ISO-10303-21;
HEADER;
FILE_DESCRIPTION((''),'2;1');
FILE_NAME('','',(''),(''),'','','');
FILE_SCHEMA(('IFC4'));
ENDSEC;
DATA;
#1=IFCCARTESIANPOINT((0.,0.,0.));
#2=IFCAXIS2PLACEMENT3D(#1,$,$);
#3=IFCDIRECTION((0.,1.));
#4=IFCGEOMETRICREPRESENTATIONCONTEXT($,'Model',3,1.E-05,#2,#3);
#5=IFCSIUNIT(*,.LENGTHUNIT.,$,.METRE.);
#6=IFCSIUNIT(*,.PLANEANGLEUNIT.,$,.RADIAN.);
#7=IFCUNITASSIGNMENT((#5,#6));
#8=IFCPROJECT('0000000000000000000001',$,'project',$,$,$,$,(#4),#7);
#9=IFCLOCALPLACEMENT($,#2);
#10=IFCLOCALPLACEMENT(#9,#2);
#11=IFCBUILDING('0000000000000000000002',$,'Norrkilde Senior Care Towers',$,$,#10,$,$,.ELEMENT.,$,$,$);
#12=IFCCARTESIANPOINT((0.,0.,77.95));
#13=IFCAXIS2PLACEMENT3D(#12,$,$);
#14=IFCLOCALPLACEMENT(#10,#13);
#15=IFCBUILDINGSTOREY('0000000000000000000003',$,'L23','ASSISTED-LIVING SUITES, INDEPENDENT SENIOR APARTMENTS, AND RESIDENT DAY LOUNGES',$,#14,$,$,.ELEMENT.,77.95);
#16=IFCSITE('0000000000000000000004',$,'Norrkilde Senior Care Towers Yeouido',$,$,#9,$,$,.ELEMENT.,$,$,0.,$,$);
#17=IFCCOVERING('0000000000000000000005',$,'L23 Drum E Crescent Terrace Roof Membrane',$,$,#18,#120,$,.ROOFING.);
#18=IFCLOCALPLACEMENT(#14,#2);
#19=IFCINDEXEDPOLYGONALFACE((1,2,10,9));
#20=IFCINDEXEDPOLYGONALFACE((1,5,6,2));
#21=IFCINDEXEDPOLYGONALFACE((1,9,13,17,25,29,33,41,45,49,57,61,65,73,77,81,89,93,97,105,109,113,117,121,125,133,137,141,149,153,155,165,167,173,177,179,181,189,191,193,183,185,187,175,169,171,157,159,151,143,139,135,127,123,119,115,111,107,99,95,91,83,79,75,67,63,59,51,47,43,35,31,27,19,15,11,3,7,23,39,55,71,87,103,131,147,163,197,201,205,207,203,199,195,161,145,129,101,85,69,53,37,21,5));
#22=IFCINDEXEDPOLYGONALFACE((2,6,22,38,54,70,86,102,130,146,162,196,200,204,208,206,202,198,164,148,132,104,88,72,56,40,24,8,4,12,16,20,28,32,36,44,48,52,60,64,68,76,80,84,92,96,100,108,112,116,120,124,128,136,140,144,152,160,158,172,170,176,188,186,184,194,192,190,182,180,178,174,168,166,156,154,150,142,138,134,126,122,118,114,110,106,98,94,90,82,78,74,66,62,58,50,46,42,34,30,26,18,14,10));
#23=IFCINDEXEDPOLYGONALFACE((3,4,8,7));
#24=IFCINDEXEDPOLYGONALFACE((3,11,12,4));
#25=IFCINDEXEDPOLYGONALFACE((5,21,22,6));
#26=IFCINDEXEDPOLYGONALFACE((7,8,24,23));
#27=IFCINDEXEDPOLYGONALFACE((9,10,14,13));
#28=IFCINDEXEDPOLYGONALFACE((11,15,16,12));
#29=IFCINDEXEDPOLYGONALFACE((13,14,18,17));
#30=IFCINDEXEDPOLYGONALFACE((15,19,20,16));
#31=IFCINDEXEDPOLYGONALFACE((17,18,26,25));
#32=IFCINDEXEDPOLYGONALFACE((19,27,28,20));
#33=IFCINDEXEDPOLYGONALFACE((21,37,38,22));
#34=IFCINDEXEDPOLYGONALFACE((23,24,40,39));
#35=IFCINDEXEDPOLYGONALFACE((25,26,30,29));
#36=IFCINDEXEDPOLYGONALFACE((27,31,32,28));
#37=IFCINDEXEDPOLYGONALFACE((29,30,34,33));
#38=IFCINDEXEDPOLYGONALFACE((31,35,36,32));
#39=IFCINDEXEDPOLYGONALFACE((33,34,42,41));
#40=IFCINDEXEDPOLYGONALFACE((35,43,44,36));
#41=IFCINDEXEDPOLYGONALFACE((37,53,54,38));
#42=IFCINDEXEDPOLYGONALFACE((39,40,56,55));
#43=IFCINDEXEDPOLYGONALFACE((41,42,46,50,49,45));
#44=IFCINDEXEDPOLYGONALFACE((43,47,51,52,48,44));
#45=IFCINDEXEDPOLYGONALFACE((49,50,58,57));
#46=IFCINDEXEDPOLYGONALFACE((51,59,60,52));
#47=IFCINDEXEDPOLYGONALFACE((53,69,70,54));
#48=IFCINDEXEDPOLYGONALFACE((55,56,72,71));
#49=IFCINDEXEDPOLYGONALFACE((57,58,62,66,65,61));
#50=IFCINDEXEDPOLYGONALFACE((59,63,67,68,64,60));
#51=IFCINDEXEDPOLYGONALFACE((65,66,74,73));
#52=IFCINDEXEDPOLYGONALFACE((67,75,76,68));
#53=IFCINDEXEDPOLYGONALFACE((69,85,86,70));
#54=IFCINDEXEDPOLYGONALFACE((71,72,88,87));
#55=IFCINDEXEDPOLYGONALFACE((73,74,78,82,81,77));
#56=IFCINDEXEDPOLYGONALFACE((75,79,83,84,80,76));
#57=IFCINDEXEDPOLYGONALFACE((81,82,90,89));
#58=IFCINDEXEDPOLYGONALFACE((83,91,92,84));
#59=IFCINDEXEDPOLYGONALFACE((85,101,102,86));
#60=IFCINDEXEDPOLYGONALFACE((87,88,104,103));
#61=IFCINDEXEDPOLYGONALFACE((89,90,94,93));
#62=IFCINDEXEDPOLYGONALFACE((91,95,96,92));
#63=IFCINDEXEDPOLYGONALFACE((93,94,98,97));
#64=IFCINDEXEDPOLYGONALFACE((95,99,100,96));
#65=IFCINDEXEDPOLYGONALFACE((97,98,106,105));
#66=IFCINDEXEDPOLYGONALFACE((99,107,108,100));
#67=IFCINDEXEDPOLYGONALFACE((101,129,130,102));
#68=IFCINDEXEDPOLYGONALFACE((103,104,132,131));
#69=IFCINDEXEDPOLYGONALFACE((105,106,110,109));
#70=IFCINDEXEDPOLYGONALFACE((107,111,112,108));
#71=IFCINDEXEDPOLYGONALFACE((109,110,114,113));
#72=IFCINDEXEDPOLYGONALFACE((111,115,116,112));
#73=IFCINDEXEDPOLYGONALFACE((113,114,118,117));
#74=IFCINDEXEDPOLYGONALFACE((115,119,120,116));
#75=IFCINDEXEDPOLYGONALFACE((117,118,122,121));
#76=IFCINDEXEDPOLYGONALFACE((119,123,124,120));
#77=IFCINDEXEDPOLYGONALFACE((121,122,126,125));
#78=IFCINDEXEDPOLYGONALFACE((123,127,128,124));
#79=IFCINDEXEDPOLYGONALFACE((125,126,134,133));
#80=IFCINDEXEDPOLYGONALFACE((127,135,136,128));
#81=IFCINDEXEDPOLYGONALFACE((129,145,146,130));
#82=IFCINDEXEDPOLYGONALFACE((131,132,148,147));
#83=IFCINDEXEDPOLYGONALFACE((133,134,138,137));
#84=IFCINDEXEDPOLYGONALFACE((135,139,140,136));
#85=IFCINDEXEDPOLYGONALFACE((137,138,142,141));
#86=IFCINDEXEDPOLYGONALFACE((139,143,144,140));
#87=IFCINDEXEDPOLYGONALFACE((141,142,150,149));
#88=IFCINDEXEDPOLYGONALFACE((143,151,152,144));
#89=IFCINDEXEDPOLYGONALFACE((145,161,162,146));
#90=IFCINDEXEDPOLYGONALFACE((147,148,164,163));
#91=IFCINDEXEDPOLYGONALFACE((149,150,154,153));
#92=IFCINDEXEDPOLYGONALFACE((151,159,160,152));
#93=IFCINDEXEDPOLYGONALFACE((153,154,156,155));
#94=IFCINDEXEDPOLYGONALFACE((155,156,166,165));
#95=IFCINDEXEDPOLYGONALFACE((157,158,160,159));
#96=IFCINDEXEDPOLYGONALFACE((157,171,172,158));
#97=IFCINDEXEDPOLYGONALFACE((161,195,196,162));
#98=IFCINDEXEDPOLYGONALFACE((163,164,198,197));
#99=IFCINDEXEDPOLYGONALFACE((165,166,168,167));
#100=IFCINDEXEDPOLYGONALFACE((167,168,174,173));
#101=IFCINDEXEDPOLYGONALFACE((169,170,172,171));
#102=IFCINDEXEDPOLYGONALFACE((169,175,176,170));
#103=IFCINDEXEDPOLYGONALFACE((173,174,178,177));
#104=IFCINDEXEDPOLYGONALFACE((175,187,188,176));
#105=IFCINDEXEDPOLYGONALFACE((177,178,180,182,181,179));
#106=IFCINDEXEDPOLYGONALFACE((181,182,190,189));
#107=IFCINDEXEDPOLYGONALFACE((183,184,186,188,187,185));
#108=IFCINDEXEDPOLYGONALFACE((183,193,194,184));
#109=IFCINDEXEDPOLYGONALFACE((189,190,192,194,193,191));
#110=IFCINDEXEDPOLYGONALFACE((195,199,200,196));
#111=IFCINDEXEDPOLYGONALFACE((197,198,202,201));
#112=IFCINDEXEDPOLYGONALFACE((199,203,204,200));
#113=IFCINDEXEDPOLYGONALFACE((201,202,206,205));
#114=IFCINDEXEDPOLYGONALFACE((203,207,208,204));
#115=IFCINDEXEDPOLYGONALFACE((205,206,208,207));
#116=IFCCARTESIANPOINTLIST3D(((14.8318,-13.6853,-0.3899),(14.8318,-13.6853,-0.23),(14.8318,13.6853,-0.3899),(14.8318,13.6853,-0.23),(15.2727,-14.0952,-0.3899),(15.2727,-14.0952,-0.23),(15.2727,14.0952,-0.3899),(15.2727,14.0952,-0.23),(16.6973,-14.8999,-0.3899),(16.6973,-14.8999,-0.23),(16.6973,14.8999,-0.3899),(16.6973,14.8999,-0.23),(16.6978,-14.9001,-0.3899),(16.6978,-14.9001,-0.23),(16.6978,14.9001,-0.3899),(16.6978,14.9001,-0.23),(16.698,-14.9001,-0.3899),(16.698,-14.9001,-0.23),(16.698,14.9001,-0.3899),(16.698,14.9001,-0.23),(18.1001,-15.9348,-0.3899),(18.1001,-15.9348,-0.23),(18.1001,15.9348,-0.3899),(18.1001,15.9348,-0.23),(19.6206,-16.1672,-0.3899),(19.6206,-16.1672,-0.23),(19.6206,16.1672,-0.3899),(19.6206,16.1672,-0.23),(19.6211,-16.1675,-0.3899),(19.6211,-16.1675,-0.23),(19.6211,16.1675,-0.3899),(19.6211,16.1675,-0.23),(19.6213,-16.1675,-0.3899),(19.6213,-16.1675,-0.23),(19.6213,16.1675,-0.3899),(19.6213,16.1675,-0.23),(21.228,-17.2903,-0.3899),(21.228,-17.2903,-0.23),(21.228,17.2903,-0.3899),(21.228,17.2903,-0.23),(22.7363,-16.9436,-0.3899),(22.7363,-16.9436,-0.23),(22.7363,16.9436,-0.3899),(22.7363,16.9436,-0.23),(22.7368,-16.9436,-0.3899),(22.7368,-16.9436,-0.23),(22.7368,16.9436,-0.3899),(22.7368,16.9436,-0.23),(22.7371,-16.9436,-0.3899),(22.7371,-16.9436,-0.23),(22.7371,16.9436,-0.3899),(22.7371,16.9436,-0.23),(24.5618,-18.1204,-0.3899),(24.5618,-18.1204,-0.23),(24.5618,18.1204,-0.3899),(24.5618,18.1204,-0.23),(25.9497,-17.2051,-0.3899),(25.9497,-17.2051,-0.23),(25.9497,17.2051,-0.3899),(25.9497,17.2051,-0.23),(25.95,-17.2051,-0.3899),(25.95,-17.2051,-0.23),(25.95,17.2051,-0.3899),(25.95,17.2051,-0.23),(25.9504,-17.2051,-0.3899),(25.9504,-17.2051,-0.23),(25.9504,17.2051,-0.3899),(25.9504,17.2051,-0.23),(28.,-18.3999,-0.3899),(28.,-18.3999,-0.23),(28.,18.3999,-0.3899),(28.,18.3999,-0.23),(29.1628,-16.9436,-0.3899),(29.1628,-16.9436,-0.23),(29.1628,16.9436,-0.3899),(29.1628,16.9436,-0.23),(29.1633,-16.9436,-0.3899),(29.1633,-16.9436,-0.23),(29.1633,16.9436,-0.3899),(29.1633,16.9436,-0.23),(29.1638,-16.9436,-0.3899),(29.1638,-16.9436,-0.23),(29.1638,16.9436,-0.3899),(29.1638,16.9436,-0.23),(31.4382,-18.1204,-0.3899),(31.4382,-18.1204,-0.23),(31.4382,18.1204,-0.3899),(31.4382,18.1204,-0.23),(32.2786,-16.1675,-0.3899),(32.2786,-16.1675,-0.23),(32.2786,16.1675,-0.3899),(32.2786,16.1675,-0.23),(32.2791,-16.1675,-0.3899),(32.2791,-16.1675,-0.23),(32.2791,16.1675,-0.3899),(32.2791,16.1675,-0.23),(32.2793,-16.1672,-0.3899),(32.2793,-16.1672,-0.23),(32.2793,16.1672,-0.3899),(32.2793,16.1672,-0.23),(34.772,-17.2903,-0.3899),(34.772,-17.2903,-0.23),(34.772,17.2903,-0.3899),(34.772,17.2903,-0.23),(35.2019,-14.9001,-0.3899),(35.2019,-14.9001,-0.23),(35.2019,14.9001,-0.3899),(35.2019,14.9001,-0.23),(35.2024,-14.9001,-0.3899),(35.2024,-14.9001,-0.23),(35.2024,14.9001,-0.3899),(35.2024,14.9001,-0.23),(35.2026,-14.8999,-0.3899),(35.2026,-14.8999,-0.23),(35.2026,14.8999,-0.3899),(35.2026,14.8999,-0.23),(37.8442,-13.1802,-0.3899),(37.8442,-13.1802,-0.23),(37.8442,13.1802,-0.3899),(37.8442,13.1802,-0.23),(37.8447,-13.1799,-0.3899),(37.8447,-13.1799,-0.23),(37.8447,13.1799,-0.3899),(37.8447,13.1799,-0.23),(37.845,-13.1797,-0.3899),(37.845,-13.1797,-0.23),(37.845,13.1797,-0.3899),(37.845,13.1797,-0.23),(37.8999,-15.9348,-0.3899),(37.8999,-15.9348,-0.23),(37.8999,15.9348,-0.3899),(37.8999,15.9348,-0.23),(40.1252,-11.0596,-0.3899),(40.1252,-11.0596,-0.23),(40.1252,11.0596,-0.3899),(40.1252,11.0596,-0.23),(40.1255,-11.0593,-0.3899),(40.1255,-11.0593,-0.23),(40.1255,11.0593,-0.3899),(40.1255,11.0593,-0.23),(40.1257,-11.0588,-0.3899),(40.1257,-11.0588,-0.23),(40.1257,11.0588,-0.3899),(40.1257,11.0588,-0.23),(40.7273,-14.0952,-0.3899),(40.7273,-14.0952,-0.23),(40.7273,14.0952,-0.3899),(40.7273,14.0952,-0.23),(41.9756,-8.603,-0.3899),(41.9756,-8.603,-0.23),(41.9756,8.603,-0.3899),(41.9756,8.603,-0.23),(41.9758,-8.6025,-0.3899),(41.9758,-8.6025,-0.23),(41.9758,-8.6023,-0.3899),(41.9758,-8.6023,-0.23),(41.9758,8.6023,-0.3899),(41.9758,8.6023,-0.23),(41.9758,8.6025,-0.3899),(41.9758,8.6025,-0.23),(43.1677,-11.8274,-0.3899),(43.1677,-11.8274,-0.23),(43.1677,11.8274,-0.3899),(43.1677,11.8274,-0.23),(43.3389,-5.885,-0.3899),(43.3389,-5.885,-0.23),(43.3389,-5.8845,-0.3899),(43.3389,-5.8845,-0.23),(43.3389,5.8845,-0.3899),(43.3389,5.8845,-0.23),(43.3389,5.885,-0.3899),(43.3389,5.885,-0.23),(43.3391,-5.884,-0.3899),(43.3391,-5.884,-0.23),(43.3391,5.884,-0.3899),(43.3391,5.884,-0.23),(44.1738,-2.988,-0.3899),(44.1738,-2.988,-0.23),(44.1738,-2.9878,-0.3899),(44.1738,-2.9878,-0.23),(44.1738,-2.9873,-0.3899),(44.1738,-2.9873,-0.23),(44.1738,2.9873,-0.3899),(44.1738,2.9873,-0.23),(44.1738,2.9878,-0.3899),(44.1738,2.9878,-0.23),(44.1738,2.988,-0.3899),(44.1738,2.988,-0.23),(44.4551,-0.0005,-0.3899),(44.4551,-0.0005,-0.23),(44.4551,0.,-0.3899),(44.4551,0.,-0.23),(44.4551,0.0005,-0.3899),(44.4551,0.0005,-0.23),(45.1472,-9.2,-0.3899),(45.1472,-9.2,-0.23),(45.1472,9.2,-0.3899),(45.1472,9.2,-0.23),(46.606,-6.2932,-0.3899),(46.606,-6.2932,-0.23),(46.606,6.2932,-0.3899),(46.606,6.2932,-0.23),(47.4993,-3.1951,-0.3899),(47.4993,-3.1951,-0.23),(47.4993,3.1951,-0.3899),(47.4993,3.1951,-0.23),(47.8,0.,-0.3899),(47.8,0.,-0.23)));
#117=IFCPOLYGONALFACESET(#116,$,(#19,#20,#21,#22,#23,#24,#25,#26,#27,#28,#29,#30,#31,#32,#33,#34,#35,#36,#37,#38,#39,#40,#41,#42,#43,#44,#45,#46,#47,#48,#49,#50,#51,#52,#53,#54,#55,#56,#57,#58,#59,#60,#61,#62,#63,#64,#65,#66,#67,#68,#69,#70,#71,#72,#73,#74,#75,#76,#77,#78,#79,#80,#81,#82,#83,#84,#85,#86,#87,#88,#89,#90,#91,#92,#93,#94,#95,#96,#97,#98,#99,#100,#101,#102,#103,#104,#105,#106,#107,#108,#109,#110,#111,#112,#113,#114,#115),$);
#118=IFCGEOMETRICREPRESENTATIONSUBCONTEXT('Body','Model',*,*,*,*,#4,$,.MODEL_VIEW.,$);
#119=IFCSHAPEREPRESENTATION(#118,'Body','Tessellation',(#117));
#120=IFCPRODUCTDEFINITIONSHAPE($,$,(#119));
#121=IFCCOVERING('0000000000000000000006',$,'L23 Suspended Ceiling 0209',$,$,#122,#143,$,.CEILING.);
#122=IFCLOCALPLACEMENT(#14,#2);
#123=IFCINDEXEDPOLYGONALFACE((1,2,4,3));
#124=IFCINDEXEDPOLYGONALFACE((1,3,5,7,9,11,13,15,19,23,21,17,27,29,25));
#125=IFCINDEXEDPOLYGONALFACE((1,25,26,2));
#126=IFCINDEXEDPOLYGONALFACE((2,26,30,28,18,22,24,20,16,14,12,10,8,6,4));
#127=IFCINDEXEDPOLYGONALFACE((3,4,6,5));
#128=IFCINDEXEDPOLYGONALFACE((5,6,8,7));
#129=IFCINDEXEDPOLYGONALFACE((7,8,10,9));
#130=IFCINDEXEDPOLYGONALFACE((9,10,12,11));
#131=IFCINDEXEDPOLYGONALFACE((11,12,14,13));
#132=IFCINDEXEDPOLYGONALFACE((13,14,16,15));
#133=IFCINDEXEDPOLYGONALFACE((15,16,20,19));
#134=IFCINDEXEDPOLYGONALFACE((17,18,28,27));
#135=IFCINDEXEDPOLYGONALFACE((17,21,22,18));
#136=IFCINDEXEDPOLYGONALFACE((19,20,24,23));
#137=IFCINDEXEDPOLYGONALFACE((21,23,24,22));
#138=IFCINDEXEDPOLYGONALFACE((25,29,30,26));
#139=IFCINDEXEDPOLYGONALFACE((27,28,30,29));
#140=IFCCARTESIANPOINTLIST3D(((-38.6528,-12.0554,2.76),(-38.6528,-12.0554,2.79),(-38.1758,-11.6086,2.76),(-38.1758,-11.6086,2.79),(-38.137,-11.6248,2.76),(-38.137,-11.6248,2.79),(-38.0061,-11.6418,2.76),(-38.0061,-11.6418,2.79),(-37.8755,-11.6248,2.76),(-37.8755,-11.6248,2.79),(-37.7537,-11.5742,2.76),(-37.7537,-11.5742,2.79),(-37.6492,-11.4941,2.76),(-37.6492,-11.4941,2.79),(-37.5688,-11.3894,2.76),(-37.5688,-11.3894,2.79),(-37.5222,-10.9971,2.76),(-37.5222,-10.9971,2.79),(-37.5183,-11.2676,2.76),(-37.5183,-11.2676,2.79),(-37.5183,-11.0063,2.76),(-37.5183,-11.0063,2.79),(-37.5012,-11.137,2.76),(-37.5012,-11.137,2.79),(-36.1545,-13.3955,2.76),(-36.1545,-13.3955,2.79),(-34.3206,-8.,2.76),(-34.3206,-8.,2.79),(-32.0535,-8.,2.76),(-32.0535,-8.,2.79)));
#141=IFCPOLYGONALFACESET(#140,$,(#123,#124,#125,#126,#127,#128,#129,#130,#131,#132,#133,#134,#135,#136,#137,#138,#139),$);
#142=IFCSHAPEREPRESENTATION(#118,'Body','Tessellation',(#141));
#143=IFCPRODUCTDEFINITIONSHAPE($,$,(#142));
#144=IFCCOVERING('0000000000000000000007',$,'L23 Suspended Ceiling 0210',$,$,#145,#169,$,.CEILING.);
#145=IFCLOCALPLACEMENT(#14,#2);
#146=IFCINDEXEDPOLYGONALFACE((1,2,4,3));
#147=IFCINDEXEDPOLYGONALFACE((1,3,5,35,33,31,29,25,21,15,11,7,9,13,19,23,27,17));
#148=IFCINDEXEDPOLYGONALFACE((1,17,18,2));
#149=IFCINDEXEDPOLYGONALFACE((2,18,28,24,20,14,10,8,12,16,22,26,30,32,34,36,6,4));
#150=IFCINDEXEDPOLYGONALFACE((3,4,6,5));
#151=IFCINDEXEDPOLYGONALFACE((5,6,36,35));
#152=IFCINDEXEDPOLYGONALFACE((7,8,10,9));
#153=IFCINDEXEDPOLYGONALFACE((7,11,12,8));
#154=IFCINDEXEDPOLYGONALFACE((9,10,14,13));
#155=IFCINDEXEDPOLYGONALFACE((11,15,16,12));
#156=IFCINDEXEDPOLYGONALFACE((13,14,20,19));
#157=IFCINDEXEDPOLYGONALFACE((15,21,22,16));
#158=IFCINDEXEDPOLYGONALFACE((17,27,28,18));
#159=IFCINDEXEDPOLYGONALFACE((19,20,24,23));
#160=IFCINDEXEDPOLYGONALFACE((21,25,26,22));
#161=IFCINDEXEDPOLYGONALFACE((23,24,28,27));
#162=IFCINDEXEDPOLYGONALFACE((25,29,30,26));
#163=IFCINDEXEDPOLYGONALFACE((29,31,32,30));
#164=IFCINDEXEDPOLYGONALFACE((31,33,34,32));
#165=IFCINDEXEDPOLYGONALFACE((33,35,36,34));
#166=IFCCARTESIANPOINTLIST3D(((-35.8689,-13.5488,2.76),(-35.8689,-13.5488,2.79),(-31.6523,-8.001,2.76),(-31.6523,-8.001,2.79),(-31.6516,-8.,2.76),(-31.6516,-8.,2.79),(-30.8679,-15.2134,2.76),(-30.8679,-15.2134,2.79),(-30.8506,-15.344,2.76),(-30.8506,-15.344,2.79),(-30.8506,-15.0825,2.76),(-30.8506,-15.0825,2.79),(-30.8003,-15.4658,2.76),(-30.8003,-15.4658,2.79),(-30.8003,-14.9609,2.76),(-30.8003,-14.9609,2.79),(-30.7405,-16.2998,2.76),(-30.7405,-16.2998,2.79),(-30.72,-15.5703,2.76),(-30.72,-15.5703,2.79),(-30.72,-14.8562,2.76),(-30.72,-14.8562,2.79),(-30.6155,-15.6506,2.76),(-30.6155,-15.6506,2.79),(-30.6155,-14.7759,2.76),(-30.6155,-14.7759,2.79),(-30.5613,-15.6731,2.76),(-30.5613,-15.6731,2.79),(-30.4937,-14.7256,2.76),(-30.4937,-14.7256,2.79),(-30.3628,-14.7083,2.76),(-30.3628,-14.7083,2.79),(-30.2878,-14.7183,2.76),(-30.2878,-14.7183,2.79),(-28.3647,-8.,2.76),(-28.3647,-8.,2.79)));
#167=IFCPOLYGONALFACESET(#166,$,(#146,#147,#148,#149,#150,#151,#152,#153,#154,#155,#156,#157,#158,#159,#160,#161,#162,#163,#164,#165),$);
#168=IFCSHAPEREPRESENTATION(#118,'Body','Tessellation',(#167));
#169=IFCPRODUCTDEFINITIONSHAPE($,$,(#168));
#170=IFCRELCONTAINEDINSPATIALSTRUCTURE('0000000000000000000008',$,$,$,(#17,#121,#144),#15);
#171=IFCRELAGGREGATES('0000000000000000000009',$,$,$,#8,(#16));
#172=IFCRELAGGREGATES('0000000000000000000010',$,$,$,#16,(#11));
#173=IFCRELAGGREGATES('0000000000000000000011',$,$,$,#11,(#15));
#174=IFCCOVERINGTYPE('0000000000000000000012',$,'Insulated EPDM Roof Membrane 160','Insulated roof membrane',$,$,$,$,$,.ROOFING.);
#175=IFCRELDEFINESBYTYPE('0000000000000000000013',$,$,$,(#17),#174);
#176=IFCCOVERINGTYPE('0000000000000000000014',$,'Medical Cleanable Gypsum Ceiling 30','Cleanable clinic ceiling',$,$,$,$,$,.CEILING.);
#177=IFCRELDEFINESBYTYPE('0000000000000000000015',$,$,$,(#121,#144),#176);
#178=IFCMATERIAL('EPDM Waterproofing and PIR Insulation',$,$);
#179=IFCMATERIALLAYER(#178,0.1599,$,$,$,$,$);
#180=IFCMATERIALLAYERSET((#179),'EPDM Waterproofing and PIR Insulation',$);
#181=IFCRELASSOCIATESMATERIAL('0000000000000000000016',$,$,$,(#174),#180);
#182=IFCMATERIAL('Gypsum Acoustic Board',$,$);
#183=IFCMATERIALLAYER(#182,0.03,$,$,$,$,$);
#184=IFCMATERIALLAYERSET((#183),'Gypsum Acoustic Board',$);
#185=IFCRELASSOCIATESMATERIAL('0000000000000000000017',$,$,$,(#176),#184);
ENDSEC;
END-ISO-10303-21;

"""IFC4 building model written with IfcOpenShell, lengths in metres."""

from ifc_helpers import new_model, si_unit, direction, frame, origin, place, context, subcontext, project, spatial, polyline, outline, extrude, material, layer, layer_set, type_object, element, save


model = new_model("IFC4")

# Units and contexts
model_context = context("Model", 3, precision=1e-05, world=origin(), true_north=direction((0.0, 1.0)))
body_context = subcontext(model_context, "Body", "Model", "MODEL_VIEW")
ifc_project = project(units=[si_unit("LENGTHUNIT", "METRE"), si_unit("PLANEANGLEUNIT", "RADIAN")], contexts=[model_context])

# Site, building, storey
site_placement = place(None, origin())
site = spatial("IfcSite", under=ifc_project, at=site_placement, Name="Norrkilde Senior Care Towers Yeouido", CompositionType="ELEMENT", RefElevation=0.0)
building_placement = place(site_placement, origin())
building = spatial("IfcBuilding", under=site, at=building_placement, Name="Norrkilde Senior Care Towers", CompositionType="ELEMENT")
storey_placement = place(building_placement, frame((0.0, 0.0, 77.95)))
storey = spatial("IfcBuildingStorey", under=building, at=storey_placement, Name="L23", Description="ASSISTED-LIVING SUITES, INDEPENDENT SENIOR APARTMENTS, AND RESIDENT DAY LOUNGES", CompositionType="ELEMENT", Elevation=77.95)

# Coverings
ifc_material_1 = material(Name="EPDM Waterproofing and PIR Insulation")
ifc_layer_1 = layer(ifc_material_1, 0.1599)
ifc_layer_set_1 = layer_set([ifc_layer_1], Name="EPDM Waterproofing and PIR Insulation")
covering_type_1 = type_object("IfcCoveringType", Name="Insulated EPDM Roof Membrane 160", Description="Insulated roof membrane", PredefinedType="ROOFING", material=ifc_layer_set_1)
covering_1_placement = place(storey_placement, frame((0.0, 0.0, -0.3899)))
element("IfcCovering", 1, at=covering_1_placement, inside=storey, type_object=covering_type_1, Name="L23 Drum E Crescent Terrace Roof Membrane", PredefinedType="ROOFING", context=body_context, shape_type="SweptSolid", body=[
    extrude(outline(polyline([(15.2727, 14.0952), (18.1001, 15.9348), (21.228, 17.2903), (24.5618, 18.1204), (28.0, 18.3999), (31.4382, 18.1204), (34.772, 17.2903), (37.8999, 15.9348), (40.7273, 14.0952), (43.1677, 11.8274), (45.1472, 9.2), (46.606, 6.2932), (47.4993, 3.1951), (47.8, 0.0), (47.4993, -3.1951), (46.606, -6.2932), (45.1472, -9.2), (43.1677, -11.8274), (40.7273, -14.0952), (37.8999, -15.9348), (34.772, -17.2903), (31.4382, -18.1204), (28.0, -18.3999), (24.5618, -18.1204), (21.228, -17.2903), (18.1001, -15.9348), (15.2727, -14.0952), (14.8318, -13.6853), (16.6973, -14.8999), (16.6978, -14.9001), (16.698, -14.9001), (19.6206, -16.1672), (19.6211, -16.1675), (19.6213, -16.1675), (22.7363, -16.9436), (22.7368, -16.9436), (22.7371, -16.9436), (25.9497, -17.2051), (25.95, -17.2051), (25.9504, -17.2051), (29.1628, -16.9436), (29.1633, -16.9436), (29.1638, -16.9436), (32.2786, -16.1675), (32.2791, -16.1675), (32.2793, -16.1672), (35.2019, -14.9001), (35.2024, -14.9001), (35.2026, -14.8999), (37.8442, -13.1802), (37.8447, -13.1799), (37.845, -13.1797), (40.1252, -11.0596), (40.1255, -11.0593), (40.1257, -11.0588), (41.9756, -8.603), (41.9758, -8.6025), (41.9758, -8.6023), (43.3389, -5.885), (43.3389, -5.8845), (43.3391, -5.884), (44.1738, -2.988), (44.1738, -2.9878), (44.1738, -2.9873), (44.4551, -0.0005), (44.4551, 0.0), (44.4551, 0.0005), (44.1738, 2.9873), (44.1738, 2.9878), (44.1738, 2.988), (43.3391, 5.884), (43.3389, 5.8845), (43.3389, 5.885), (41.9758, 8.6023), (41.9758, 8.6025), (41.9756, 8.603), (40.1257, 11.0588), (40.1255, 11.0593), (40.1252, 11.0596), (37.845, 13.1797), (37.8447, 13.1799), (37.8442, 13.1802), (35.2026, 14.8999), (35.2024, 14.9001), (35.2019, 14.9001), (32.2793, 16.1672), (32.2791, 16.1675), (32.2786, 16.1675), (29.1638, 16.9436), (29.1633, 16.9436), (29.1628, 16.9436), (25.9504, 17.2051), (25.95, 17.2051), (25.9497, 17.2051), (22.7371, 16.9436), (22.7368, 16.9436), (22.7363, 16.9436), (19.6213, 16.1675), (19.6211, 16.1675), (19.6206, 16.1672), (16.698, 14.9001), (16.6978, 14.9001), (16.6973, 14.8999), (14.8318, 13.6853), (15.2727, 14.0952)])), origin(), (0.0, 0.0, 1.0), 0.1599),
])
ifc_material_2 = material(Name="Gypsum Acoustic Board")
ifc_layer_2 = layer(ifc_material_2, 0.03)
ifc_layer_set_2 = layer_set([ifc_layer_2], Name="Gypsum Acoustic Board")
covering_type_2 = type_object("IfcCoveringType", Name="Medical Cleanable Gypsum Ceiling 30", Description="Cleanable clinic ceiling", PredefinedType="CEILING", material=ifc_layer_set_2)
covering_2_placement = place(storey_placement, frame((0.0, 0.0, 2.76)))
element("IfcCovering", 2, at=covering_2_placement, inside=storey, type_object=covering_type_2, Name="L23 Suspended Ceiling 0209", PredefinedType="CEILING", context=body_context, shape_type="SweptSolid", body=[
    extrude(outline(polyline([(-38.6528, -12.0554), (-38.1758, -11.6086), (-38.137, -11.6248), (-38.0061, -11.6418), (-37.8755, -11.6248), (-37.7537, -11.5742), (-37.6492, -11.4941), (-37.5688, -11.3894), (-37.5183, -11.2676), (-37.5012, -11.137), (-37.5183, -11.0063), (-37.5222, -10.9971), (-34.3206, -8.0), (-32.0535, -8.0), (-36.1545, -13.3955), (-38.6528, -12.0554)])), origin(), (0.0, 0.0, 1.0), 0.03),
])
covering_3_placement = place(storey_placement, frame((0.0, 0.0, 2.76)))
element("IfcCovering", 3, at=covering_3_placement, inside=storey, type_object=covering_type_2, Name="L23 Suspended Ceiling 0210", PredefinedType="CEILING", context=body_context, shape_type="SweptSolid", body=[
    extrude(outline(polyline([(-28.3647, -8.0), (-30.2878, -14.7183), (-30.3628, -14.7083), (-30.4937, -14.7256), (-30.6155, -14.7759), (-30.72, -14.8562), (-30.8003, -14.9609), (-30.8506, -15.0825), (-30.8679, -15.2134), (-30.8506, -15.344), (-30.8003, -15.4658), (-30.72, -15.5703), (-30.6155, -15.6506), (-30.5613, -15.6731), (-30.7405, -16.2998), (-35.8689, -13.5488), (-31.6523, -8.001), (-31.6516, -8.0), (-28.3647, -8.0)])), origin(), (0.0, 0.0, 1.0), 0.03),
])

save(model, "model.ifc")
